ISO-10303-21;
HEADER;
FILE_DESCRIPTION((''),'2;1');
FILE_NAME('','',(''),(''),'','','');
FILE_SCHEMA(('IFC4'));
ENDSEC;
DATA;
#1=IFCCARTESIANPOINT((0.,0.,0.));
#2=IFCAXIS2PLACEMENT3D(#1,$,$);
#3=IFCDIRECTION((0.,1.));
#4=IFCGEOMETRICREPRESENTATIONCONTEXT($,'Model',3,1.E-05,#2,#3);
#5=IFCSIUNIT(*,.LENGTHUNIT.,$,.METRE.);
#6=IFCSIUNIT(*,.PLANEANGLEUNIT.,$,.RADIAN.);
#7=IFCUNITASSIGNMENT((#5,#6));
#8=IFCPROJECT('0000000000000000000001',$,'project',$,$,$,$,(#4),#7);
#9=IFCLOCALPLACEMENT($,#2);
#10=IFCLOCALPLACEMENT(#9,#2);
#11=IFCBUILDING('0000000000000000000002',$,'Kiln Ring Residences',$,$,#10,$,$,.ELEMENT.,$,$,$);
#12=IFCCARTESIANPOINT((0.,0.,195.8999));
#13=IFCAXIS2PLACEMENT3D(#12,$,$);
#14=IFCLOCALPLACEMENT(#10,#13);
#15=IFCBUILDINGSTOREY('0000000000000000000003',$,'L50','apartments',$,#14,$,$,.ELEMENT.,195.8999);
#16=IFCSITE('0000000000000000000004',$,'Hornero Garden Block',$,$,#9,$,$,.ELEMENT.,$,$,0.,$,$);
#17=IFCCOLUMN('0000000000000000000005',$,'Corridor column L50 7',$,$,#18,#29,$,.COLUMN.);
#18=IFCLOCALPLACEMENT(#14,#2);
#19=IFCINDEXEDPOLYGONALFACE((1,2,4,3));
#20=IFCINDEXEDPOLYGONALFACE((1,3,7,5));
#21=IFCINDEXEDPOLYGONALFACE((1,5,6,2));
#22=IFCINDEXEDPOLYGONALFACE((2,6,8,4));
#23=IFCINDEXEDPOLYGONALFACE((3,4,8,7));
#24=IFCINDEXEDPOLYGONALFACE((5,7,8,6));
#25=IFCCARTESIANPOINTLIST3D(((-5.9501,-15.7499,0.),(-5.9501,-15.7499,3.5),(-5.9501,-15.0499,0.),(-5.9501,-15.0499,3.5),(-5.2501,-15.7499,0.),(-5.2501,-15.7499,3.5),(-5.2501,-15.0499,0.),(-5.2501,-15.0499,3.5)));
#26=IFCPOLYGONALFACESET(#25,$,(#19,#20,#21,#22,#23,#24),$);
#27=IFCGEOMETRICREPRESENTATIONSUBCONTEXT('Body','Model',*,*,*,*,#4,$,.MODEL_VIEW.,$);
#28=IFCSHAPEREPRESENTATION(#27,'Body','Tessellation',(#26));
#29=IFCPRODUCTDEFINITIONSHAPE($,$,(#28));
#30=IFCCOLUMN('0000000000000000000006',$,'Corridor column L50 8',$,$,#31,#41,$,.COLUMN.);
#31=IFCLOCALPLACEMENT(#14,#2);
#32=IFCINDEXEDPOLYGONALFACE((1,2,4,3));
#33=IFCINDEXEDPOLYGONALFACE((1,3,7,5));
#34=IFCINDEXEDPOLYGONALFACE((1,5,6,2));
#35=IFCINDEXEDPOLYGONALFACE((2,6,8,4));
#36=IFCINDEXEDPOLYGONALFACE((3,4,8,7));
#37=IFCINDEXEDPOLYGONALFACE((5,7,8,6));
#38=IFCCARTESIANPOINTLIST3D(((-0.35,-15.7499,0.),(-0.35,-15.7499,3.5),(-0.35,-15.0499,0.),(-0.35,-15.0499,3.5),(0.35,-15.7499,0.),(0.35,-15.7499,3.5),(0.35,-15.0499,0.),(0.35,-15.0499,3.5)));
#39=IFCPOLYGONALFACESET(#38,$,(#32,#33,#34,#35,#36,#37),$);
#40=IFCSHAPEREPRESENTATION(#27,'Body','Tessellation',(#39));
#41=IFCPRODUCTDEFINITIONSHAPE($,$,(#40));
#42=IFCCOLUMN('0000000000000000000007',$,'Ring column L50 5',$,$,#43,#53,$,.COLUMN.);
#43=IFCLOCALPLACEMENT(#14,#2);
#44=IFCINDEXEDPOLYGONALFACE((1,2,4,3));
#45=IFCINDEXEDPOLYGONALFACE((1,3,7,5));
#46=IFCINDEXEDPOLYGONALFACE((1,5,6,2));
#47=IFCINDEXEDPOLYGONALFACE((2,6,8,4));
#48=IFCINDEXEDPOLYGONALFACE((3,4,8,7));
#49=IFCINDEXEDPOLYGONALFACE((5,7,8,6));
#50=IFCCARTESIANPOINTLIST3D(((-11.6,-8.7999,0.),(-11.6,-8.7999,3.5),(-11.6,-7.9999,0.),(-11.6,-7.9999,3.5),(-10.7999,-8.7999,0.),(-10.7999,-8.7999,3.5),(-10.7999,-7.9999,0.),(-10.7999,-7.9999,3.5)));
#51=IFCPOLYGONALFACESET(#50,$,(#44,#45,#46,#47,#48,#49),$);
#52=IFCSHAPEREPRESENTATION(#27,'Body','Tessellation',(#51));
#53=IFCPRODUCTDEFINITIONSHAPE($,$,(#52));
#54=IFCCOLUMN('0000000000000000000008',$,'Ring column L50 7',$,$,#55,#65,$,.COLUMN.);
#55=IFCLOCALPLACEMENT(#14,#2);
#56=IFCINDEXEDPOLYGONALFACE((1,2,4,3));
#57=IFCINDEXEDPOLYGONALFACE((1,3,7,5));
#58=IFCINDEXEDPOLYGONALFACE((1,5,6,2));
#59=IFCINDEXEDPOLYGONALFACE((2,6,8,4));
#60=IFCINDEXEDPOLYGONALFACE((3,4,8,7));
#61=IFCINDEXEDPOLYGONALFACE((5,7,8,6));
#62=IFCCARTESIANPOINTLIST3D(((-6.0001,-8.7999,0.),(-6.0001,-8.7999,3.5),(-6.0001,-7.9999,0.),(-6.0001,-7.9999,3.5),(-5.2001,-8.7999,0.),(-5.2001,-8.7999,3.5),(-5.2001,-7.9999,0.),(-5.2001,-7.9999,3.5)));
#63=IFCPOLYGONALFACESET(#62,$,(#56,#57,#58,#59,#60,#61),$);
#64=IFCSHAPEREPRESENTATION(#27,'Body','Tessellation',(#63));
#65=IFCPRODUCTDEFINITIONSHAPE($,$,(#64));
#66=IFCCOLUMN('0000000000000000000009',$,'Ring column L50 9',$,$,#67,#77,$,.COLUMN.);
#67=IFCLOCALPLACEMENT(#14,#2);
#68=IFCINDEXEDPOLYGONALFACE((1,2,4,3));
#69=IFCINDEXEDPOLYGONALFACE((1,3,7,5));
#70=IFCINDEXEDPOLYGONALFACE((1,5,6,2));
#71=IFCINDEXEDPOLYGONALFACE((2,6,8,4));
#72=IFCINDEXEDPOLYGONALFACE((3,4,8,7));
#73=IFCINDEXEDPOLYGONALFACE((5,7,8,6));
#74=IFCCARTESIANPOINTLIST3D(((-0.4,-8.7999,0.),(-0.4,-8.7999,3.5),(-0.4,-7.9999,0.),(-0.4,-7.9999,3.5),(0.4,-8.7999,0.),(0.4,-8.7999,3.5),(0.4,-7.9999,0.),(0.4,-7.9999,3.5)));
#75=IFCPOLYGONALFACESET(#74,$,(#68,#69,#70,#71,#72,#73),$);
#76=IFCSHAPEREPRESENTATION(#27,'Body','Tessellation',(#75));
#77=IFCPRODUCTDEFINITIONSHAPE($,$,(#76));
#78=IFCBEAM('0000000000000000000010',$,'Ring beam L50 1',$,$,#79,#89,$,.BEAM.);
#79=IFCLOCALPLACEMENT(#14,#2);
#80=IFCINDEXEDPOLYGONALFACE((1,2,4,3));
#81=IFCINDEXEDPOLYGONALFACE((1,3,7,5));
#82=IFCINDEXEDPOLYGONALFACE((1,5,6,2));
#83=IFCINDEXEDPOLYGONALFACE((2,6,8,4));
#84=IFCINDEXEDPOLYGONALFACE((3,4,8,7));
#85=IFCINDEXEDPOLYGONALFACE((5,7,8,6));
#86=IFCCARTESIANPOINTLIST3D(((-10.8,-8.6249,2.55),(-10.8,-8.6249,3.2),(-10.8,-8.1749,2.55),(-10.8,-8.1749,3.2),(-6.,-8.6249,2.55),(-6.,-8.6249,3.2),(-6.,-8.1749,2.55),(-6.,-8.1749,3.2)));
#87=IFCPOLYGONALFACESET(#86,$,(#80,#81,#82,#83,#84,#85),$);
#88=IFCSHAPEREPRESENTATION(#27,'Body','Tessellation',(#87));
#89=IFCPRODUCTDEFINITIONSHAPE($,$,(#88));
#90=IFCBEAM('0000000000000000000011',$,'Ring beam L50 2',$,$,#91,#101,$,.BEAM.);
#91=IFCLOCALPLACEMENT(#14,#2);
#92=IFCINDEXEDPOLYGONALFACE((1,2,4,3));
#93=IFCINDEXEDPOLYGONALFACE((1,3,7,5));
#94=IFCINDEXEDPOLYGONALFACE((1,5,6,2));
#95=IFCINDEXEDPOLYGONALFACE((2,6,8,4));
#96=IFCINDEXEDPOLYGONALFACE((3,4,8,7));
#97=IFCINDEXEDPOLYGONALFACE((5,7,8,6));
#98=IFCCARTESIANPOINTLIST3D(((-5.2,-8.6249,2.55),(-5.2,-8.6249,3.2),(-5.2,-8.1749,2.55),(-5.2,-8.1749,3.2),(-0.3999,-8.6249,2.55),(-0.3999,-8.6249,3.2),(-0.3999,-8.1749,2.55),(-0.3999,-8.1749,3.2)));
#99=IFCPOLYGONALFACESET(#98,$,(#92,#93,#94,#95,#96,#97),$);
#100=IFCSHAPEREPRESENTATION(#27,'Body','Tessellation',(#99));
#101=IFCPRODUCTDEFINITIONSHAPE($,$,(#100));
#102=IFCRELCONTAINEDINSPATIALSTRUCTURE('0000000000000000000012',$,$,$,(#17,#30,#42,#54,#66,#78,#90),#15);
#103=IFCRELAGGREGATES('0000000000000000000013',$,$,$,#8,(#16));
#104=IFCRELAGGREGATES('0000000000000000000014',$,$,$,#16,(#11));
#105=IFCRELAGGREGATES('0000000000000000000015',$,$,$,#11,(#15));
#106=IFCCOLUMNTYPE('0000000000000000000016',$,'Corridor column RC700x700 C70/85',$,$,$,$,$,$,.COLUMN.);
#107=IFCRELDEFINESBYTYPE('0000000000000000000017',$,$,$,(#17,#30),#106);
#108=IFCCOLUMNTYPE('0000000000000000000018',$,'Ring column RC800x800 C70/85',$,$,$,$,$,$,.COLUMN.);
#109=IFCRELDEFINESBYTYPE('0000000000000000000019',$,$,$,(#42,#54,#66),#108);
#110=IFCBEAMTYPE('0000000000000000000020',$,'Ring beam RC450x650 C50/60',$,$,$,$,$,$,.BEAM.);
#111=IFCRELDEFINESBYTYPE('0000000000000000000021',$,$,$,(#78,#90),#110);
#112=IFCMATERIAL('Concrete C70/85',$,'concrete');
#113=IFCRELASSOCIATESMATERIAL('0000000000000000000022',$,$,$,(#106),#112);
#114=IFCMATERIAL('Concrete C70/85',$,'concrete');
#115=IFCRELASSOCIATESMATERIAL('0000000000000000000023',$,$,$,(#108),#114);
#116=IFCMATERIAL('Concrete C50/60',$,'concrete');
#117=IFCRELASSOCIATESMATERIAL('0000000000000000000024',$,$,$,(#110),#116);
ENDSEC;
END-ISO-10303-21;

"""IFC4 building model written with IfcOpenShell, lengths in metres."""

from ifc_helpers import new_model, si_unit, direction, frame, origin, origin_2d, place, context, subcontext, project, spatial, rectangle, extrude, material, material_profile, profile_set, type_object, element, save


model = new_model("IFC4")

# Units and contexts
model_context = context("Model", 3, precision=1e-05, world=origin(), true_north=direction((0.0, 1.0)))
body_context = subcontext(model_context, "Body", "Model", "MODEL_VIEW")
ifc_project = project(units=[si_unit("LENGTHUNIT", "METRE"), si_unit("PLANEANGLEUNIT", "RADIAN")], contexts=[model_context])

# Site, building, storey
site_placement = place(None, origin())
site = spatial("IfcSite", under=ifc_project, at=site_placement, Name="Hornero Garden Block", CompositionType="ELEMENT", RefElevation=0.0)
building_placement = place(site_placement, origin())
building = spatial("IfcBuilding", under=site, at=building_placement, Name="Kiln Ring Residences", CompositionType="ELEMENT")
storey_placement = place(building_placement, frame((0.0, 0.0, 195.8999)))
storey = spatial("IfcBuildingStorey", under=building, at=storey_placement, Name="L50", Description="apartments", CompositionType="ELEMENT", Elevation=195.8999)

# Columns
ifc_material_1 = material(Name="Concrete C70/85", Category="concrete")
ifc_material_profile_1 = material_profile(ifc_material_1, rectangle(XDim=0.7, YDim=0.7, at=origin_2d()), Name="RC700x700")
ifc_profile_set_1 = profile_set([ifc_material_profile_1], Name="Concrete C70/85")
column_type_1 = type_object("IfcColumnType", Name="Corridor column RC700x700 C70/85", PredefinedType="COLUMN", material=ifc_profile_set_1)
for number, where, z_axis, x_axis, name in (
    (1, (-5.6001, -15.3999, 0.0), (0.0, 0.0, 1.0), (1.0, 0.0, 0.0), "Corridor column L50 7"),
    (2, (0.0, -15.3999, 0.0), (0.0, 0.0, 1.0), (1.0, 0.0, 0.0), "Corridor column L50 8"),
):
    element("IfcColumn", number, at=place(storey_placement, frame(where, z_axis=z_axis, x_axis=x_axis)), inside=storey, type_object=column_type_1, Name=name, PredefinedType="COLUMN", context=body_context, shape_type="SweptSolid", body=[
        extrude(rectangle(XDim=0.7, YDim=0.7, at=origin_2d()), origin(), (0.0, 0.0, 1.0), 3.5),
    ])
ifc_material_2 = material(Name="Concrete C70/85", Category="concrete")
ifc_material_profile_2 = material_profile(ifc_material_2, rectangle(XDim=0.8, YDim=0.8, at=origin_2d()), Name="RC800x800")
ifc_profile_set_2 = profile_set([ifc_material_profile_2], Name="Concrete C70/85")
column_type_2 = type_object("IfcColumnType", Name="Ring column RC800x800 C70/85", PredefinedType="COLUMN", material=ifc_profile_set_2)
for number, where, z_axis, x_axis, name in (
    (3, (-11.2, -8.3999, 0.0), (0.0, 0.0, 1.0), (1.0, 0.0, 0.0), "Ring column L50 5"),
    (4, (-5.6001, -8.3999, 0.0), (0.0, 0.0, 1.0), (1.0, 0.0, 0.0), "Ring column L50 7"),
    (5, (0.0, -8.3999, 0.0), (0.0, 0.0, 1.0), (1.0, 0.0, 0.0), "Ring column L50 9"),
):
    element("IfcColumn", number, at=place(storey_placement, frame(where, z_axis=z_axis, x_axis=x_axis)), inside=storey, type_object=column_type_2, Name=name, PredefinedType="COLUMN", context=body_context, shape_type="SweptSolid", body=[
        extrude(rectangle(XDim=0.8, YDim=0.8, at=origin_2d()), origin(), (0.0, 0.0, 1.0), 3.5),
    ])

# Beams
ifc_material_3 = material(Name="Concrete C50/60", Category="concrete")
ifc_material_profile_3 = material_profile(ifc_material_3, rectangle(XDim=0.45, YDim=0.6499, at=origin_2d()), Name="RC450x650")
ifc_profile_set_3 = profile_set([ifc_material_profile_3], Name="Concrete C50/60")
beam_type = type_object("IfcBeamType", Name="Ring beam RC450x650 C50/60", PredefinedType="BEAM", material=ifc_profile_set_3)
for number, where, z_axis, x_axis, name in (
    (6, (-10.8, -8.3999, 2.875), (1.0, 0.0, 0.0), (0.0, 1.0, 0.0), "Ring beam L50 1"),
    (7, (-5.2, -8.3999, 2.875), (1.0, 0.0, 0.0), (0.0, 1.0, 0.0), "Ring beam L50 2"),
):
    element("IfcBeam", number, at=place(storey_placement, frame(where, z_axis=z_axis, x_axis=x_axis)), inside=storey, type_object=beam_type, Name=name, PredefinedType="BEAM", context=body_context, shape_type="SweptSolid", body=[
        extrude(rectangle(XDim=0.45, YDim=0.6499, at=origin_2d()), origin(), (0.0, 0.0, 1.0), 4.8),
    ])

save(model, "model.ifc")
